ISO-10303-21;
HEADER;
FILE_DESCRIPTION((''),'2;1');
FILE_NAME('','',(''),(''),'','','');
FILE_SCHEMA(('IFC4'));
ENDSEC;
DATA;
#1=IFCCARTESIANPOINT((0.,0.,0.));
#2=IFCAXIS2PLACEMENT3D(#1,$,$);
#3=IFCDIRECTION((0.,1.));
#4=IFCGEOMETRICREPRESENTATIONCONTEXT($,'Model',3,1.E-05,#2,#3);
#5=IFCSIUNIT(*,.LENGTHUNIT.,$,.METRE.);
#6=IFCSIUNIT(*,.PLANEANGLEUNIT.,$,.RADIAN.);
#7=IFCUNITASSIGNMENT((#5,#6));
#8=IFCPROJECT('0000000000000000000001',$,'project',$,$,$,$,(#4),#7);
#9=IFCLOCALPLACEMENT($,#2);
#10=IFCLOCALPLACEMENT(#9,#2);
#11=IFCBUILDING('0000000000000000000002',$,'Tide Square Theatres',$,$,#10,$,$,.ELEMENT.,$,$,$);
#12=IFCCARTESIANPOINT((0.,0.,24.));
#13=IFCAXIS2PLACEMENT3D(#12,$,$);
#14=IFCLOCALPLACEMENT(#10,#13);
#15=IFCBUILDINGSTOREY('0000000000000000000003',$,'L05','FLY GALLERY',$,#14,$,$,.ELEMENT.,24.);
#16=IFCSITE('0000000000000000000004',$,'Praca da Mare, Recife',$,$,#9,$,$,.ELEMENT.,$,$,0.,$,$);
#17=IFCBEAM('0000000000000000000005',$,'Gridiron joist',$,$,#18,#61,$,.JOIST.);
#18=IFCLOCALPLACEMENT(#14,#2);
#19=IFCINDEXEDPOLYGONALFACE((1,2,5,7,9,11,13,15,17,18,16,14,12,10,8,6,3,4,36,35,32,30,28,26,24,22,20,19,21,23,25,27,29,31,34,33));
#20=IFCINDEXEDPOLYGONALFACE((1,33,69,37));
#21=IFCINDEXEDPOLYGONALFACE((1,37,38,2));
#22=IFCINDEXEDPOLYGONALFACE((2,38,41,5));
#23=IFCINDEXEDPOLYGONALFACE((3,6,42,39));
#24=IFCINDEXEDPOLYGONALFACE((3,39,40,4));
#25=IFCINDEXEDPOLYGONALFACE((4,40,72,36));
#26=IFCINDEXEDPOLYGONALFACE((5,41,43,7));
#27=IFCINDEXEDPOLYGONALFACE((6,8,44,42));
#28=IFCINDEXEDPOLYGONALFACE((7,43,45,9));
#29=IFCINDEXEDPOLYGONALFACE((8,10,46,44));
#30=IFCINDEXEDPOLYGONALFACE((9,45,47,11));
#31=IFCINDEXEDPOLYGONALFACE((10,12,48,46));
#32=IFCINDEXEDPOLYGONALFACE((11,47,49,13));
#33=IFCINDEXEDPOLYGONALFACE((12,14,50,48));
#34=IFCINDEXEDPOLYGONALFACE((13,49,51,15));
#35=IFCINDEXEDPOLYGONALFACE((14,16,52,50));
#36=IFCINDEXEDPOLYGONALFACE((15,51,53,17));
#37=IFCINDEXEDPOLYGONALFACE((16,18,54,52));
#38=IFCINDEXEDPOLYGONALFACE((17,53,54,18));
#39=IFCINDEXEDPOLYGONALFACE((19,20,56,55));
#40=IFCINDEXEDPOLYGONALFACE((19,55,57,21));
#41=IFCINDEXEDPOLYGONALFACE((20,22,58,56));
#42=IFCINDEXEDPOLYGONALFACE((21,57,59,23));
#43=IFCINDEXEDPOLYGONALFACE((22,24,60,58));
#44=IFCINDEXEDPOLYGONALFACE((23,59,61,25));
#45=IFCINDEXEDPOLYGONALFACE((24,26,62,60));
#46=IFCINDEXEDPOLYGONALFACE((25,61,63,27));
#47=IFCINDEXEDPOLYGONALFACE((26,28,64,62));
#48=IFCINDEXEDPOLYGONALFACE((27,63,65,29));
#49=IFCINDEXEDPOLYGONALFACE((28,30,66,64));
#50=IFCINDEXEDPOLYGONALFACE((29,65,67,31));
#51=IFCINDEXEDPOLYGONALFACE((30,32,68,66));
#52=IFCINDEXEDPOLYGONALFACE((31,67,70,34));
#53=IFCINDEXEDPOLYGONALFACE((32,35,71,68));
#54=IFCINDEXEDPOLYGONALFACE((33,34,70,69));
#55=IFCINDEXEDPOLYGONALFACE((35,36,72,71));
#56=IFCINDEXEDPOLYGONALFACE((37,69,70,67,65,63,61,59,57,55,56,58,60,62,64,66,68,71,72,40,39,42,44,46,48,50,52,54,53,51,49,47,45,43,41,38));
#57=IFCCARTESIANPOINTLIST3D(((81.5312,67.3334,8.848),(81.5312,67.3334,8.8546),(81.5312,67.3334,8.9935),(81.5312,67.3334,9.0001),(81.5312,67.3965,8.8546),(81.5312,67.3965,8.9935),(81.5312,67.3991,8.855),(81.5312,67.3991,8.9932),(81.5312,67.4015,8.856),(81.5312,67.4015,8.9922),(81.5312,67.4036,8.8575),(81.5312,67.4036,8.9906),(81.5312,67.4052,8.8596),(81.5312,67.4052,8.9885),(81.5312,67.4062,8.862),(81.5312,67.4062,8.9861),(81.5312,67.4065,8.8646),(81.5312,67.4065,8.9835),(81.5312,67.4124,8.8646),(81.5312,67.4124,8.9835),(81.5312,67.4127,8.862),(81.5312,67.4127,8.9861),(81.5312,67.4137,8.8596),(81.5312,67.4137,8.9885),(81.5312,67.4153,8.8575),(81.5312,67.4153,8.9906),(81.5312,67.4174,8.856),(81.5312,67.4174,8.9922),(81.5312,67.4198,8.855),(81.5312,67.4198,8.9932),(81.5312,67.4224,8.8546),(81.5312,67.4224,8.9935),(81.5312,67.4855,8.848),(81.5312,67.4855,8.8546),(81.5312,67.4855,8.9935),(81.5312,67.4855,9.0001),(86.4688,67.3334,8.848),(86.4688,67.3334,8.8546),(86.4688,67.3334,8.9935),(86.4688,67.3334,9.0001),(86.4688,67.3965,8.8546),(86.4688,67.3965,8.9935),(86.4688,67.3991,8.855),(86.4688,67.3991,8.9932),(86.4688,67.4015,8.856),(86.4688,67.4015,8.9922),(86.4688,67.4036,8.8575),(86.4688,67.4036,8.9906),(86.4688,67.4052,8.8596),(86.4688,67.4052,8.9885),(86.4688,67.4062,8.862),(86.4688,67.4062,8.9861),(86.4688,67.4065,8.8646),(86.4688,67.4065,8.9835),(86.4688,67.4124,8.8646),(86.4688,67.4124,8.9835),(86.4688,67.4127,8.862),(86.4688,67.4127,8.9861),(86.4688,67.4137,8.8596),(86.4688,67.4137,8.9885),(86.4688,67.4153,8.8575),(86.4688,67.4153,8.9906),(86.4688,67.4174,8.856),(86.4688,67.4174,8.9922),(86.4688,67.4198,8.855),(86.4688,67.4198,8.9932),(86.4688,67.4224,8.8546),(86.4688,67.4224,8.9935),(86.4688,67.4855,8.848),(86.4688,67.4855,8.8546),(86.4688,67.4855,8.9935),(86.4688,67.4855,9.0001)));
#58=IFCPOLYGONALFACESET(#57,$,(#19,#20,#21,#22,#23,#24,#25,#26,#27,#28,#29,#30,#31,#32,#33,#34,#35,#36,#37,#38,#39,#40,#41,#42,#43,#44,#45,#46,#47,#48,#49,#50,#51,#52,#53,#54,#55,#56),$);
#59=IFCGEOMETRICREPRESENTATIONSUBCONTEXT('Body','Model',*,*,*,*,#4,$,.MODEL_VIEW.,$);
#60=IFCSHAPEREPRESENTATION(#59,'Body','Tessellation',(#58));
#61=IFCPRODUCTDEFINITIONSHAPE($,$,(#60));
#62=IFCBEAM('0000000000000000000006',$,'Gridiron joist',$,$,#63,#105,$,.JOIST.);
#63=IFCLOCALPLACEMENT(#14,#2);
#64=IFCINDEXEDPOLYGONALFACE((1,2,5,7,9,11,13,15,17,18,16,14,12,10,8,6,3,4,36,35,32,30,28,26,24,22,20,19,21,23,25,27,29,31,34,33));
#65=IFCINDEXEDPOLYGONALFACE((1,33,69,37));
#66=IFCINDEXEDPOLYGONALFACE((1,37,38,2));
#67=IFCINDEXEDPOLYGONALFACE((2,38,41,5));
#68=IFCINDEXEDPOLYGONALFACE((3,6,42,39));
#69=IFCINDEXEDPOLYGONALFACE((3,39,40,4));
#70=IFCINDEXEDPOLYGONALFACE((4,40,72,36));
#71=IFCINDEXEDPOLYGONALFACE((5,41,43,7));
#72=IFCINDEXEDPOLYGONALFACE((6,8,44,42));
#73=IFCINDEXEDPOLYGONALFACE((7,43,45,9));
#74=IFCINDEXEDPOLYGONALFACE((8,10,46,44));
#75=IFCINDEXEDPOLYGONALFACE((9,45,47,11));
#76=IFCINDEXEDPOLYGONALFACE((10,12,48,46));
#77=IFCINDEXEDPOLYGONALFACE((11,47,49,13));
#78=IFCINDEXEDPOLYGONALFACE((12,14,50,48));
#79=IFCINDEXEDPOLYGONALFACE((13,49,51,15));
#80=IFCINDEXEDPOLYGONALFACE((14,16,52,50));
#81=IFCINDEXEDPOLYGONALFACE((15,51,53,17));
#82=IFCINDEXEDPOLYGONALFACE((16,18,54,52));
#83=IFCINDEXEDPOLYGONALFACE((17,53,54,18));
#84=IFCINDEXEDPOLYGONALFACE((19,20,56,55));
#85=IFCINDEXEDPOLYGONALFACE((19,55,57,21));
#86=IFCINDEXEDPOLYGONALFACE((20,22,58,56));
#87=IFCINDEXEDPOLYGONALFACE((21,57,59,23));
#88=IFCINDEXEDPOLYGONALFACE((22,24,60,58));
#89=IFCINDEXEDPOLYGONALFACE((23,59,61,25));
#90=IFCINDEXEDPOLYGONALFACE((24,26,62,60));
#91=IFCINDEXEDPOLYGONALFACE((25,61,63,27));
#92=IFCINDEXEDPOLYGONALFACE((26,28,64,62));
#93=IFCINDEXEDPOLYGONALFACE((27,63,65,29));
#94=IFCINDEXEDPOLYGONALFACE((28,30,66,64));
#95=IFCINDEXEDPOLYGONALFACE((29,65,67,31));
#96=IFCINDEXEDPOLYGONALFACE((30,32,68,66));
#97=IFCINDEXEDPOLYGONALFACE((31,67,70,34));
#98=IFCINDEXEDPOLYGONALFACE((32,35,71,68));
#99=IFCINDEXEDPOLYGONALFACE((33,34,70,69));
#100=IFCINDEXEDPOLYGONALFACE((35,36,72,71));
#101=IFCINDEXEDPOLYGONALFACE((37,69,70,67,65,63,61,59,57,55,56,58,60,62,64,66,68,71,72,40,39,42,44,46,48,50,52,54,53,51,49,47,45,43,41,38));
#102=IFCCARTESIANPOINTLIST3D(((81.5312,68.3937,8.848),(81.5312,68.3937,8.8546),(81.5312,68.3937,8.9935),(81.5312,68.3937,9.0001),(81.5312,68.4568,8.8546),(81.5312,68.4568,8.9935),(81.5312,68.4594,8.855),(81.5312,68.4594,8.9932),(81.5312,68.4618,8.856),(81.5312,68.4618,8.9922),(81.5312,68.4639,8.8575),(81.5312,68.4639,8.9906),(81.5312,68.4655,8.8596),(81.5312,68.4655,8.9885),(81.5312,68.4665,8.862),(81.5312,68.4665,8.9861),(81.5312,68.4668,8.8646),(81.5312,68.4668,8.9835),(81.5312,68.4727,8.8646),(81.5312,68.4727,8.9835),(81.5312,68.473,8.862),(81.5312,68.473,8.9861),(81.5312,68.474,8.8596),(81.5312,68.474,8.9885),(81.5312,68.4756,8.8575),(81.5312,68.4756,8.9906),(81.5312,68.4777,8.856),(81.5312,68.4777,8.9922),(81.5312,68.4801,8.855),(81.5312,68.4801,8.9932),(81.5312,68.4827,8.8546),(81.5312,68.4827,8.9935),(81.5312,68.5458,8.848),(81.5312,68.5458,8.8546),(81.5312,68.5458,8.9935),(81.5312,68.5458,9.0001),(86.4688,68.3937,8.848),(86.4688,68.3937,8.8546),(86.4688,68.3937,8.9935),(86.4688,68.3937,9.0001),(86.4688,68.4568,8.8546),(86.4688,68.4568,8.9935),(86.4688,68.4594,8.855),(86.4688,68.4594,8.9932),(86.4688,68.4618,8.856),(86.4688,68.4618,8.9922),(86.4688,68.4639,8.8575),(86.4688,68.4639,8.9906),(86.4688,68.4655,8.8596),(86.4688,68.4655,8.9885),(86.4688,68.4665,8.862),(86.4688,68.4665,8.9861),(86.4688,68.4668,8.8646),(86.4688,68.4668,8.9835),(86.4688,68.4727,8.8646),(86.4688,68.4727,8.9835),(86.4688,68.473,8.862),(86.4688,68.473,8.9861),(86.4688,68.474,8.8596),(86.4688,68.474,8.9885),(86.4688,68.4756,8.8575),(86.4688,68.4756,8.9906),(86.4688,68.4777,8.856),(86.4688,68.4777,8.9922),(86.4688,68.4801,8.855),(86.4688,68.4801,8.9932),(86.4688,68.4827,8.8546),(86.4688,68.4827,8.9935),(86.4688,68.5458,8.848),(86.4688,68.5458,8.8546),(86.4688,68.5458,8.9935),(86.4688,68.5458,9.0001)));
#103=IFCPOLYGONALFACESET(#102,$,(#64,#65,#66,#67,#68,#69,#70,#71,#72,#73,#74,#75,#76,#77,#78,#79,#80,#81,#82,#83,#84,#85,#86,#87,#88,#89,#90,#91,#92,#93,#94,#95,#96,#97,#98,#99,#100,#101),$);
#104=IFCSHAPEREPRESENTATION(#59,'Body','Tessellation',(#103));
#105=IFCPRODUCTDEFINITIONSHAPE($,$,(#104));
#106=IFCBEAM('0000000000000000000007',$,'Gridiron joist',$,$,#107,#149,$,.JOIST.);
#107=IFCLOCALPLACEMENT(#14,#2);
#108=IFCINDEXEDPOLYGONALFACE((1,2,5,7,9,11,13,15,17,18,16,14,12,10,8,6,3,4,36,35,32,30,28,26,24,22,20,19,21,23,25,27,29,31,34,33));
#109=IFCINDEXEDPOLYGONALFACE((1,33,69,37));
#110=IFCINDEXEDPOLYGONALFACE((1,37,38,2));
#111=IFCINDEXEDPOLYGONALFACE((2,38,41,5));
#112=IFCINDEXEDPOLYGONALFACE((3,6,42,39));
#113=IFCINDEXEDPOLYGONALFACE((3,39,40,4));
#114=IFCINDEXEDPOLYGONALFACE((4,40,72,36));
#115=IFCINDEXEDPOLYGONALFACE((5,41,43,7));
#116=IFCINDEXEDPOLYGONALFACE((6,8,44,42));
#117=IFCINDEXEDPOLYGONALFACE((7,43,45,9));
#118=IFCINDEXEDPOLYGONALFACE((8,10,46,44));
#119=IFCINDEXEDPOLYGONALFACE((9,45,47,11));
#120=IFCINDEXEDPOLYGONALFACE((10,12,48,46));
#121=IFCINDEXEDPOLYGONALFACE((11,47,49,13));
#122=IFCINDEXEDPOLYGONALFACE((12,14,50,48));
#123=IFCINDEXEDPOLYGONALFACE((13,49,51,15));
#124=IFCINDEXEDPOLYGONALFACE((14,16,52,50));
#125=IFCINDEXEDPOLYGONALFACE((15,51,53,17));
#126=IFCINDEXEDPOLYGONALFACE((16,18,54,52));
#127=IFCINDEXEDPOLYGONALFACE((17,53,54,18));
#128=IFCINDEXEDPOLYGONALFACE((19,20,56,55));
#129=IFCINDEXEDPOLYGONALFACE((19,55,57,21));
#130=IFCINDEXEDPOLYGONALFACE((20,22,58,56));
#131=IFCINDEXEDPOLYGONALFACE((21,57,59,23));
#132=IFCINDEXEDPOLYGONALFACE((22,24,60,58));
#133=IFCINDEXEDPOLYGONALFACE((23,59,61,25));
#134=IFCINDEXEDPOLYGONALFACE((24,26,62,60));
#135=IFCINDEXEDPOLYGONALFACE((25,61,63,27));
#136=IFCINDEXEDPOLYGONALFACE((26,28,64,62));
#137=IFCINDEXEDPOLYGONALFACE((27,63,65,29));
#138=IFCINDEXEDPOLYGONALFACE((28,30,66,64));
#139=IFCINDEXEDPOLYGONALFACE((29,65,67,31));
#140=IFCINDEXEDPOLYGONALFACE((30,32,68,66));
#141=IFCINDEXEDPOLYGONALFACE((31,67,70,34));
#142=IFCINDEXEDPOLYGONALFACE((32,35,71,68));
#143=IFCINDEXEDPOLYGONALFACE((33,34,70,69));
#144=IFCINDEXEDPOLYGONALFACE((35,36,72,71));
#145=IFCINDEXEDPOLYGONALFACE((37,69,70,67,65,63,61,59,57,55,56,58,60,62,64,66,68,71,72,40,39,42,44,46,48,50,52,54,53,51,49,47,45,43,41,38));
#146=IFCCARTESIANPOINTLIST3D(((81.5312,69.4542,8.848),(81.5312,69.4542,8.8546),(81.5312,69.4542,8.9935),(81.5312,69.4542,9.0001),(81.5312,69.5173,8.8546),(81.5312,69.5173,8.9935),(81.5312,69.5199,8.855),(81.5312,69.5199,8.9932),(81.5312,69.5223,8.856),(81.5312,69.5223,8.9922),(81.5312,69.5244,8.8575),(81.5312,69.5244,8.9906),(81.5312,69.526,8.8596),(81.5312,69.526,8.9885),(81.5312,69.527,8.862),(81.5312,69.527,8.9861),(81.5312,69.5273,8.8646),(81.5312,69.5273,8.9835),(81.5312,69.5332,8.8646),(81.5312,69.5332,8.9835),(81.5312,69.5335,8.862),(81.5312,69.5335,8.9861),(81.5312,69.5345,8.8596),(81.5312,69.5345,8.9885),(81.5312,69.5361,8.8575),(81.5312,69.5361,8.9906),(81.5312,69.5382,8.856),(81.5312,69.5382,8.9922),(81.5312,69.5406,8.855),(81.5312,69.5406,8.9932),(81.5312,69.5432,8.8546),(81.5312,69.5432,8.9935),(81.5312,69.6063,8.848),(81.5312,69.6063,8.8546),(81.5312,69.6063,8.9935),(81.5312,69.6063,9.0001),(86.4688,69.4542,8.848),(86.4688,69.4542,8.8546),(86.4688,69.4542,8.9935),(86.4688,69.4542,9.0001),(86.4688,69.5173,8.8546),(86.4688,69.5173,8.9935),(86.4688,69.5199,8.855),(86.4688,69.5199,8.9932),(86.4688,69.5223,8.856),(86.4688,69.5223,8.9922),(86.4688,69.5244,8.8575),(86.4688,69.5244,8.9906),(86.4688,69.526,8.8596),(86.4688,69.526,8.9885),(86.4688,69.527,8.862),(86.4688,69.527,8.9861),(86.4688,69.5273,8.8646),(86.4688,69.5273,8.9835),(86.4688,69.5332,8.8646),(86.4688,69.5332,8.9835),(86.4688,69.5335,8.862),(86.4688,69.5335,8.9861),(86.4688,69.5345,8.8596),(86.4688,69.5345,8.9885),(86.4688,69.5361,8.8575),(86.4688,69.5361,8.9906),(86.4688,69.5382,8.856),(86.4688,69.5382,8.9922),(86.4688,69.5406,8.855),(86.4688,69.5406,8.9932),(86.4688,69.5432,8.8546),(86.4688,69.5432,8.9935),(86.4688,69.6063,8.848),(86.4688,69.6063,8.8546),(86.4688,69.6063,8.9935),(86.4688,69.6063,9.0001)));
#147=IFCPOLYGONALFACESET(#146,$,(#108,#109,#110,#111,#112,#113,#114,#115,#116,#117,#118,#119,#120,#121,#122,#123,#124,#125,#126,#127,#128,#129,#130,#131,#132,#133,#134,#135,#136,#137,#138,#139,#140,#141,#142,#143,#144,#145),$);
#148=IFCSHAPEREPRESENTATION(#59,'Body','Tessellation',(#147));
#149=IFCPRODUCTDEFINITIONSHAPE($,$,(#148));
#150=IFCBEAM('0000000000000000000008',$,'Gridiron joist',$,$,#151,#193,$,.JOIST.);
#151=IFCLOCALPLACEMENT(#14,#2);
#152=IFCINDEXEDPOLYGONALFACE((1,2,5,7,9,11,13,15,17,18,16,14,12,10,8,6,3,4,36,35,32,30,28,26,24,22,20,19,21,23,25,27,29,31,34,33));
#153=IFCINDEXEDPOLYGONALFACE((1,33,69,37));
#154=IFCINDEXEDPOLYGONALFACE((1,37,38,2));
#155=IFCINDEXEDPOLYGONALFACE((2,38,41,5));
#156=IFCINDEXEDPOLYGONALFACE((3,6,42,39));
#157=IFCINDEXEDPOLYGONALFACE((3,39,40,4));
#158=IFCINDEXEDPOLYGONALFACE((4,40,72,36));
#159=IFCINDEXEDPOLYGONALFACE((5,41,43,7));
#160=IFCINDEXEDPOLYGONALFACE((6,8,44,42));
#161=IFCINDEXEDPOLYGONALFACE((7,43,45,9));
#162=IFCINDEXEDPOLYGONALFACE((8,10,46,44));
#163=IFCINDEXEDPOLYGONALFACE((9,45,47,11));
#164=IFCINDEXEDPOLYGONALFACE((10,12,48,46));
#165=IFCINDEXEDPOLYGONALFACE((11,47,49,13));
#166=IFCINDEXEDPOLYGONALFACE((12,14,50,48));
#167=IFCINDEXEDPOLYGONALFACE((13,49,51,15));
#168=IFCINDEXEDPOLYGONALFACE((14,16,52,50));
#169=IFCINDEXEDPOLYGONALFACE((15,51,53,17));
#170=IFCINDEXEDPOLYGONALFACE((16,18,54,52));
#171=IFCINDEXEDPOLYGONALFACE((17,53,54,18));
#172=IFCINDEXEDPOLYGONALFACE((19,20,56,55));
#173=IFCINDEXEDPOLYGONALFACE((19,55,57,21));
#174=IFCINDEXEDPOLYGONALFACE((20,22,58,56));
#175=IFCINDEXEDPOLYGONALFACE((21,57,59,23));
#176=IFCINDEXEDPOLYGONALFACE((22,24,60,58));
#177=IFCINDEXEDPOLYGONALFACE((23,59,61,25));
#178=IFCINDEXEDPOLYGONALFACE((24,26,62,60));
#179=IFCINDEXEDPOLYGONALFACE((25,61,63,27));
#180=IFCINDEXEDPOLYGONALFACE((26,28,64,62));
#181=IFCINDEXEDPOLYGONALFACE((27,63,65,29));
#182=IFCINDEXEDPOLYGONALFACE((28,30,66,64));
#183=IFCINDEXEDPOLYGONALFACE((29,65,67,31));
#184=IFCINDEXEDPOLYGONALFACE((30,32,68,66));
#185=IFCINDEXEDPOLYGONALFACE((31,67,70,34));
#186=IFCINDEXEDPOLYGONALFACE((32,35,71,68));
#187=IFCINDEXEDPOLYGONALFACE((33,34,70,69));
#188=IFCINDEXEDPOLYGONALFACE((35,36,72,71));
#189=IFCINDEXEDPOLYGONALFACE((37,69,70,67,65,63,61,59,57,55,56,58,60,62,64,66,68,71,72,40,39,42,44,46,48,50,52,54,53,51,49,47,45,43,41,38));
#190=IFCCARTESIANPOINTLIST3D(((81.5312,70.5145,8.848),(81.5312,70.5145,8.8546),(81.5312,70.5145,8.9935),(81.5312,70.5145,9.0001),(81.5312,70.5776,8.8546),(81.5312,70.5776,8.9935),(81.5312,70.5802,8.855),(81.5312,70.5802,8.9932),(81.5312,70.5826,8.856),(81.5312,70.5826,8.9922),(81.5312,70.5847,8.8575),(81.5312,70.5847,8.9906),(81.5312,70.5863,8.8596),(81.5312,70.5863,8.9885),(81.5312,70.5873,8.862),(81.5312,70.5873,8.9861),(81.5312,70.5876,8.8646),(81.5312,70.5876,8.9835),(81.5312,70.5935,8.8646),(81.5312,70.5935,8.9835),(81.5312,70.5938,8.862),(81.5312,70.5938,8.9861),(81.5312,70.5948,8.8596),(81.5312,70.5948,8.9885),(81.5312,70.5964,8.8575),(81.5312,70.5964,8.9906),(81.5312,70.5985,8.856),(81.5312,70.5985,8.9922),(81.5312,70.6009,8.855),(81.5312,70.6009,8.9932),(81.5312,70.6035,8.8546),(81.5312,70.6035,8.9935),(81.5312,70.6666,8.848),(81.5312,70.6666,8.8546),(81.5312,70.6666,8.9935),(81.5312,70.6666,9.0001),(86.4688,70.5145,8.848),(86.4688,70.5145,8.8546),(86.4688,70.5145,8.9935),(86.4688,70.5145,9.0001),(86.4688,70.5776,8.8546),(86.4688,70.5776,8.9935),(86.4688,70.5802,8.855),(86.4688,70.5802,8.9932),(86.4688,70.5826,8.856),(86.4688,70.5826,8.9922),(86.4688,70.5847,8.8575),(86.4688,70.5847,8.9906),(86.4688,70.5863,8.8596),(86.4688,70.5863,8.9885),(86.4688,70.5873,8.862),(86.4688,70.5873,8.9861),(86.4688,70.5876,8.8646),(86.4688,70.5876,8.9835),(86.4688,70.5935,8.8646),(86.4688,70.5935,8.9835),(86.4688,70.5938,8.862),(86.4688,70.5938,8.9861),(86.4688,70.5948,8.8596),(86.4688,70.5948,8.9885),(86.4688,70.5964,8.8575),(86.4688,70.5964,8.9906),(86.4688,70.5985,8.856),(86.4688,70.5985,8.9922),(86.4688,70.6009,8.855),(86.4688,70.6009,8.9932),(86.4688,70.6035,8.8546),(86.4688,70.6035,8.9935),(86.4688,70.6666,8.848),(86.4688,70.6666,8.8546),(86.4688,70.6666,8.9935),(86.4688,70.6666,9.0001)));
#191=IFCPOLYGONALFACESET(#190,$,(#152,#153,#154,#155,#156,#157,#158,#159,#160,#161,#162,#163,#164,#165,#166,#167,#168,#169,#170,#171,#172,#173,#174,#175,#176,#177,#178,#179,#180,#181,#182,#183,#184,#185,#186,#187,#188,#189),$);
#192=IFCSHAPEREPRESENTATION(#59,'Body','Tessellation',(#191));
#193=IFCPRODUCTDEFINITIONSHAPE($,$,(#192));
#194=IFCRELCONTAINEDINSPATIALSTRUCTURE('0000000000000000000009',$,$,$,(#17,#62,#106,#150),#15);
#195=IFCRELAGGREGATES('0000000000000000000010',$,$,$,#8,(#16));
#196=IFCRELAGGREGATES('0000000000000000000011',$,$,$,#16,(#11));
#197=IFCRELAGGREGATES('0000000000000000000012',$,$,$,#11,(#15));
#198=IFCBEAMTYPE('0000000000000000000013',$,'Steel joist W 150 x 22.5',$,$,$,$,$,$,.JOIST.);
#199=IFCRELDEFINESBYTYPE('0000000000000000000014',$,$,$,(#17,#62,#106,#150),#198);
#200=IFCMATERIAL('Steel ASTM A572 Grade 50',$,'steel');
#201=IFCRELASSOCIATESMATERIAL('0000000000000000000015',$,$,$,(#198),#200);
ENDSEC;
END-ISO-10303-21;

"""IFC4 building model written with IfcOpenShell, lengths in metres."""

from ifc_helpers import new_model, si_unit, direction, frame, origin, origin_2d, place, context, subcontext, project, spatial, i_section, extrude, material, material_profile, profile_set, type_object, element, save


model = new_model("IFC4")

# Units and contexts
model_context = context("Model", 3, precision=1e-05, world=origin(), true_north=direction((0.0, 1.0)))
body_context = subcontext(model_context, "Body", "Model", "MODEL_VIEW")
ifc_project = project(units=[si_unit("LENGTHUNIT", "METRE"), si_unit("PLANEANGLEUNIT", "RADIAN")], contexts=[model_context])

# Site, building, storey
site_placement = place(None, origin())
site = spatial("IfcSite", under=ifc_project, at=site_placement, Name="Praca da Mare, Recife", CompositionType="ELEMENT", RefElevation=0.0)
building_placement = place(site_placement, origin())
building = spatial("IfcBuilding", under=site, at=building_placement, Name="Tide Square Theatres", CompositionType="ELEMENT")
storey_placement = place(building_placement, frame((0.0, 0.0, 24.0)))
storey = spatial("IfcBuildingStorey", under=building, at=storey_placement, Name="L05", Description="FLY GALLERY", CompositionType="ELEMENT", Elevation=24.0)

# Beams
ifc_material_1 = material(Name="Steel ASTM A572 Grade 50", Category="steel")
ifc_material_profile_1 = material_profile(ifc_material_1, i_section(OverallWidth=0.1521, OverallDepth=0.1521, WebThickness=0.0059, FlangeThickness=0.0066, FilletRadius=0.01, at=origin_2d()))
ifc_profile_set_1 = profile_set([ifc_material_profile_1], Name="Steel ASTM A572 Grade 50")
beam_type_1 = type_object("IfcBeamType", Name="Steel joist W 150 x 22.5", PredefinedType="JOIST", material=ifc_profile_set_1)
for number, where, z_axis, x_axis, name in (
    (1, (81.5312, 67.4094, 8.9241), (1.0, 0.0, 0.0), (0.0, 1.0, 0.0), "Gridiron joist"),
    (2, (81.5312, 68.4697, 8.9241), (1.0, 0.0, 0.0), (0.0, 1.0, 0.0), "Gridiron joist"),
    (3, (81.5312, 69.5303, 8.9241), (1.0, 0.0, 0.0), (0.0, 1.0, 0.0), "Gridiron joist"),
    (4, (81.5312, 70.5906, 8.9241), (1.0, 0.0, 0.0), (0.0, 1.0, 0.0), "Gridiron joist"),
):
    element("IfcBeam", number, at=place(storey_placement, frame(where, z_axis=z_axis, x_axis=x_axis)), inside=storey, type_object=beam_type_1, Name=name, PredefinedType="JOIST", context=body_context, shape_type="SweptSolid", body=[
        extrude(i_section(OverallWidth=0.1521, OverallDepth=0.1521, WebThickness=0.0059, FlangeThickness=0.0066, FilletRadius=0.01, at=origin_2d()), origin(), (0.0, 0.0, 1.0), 4.9375),
    ])

save(model, "model.ifc")
